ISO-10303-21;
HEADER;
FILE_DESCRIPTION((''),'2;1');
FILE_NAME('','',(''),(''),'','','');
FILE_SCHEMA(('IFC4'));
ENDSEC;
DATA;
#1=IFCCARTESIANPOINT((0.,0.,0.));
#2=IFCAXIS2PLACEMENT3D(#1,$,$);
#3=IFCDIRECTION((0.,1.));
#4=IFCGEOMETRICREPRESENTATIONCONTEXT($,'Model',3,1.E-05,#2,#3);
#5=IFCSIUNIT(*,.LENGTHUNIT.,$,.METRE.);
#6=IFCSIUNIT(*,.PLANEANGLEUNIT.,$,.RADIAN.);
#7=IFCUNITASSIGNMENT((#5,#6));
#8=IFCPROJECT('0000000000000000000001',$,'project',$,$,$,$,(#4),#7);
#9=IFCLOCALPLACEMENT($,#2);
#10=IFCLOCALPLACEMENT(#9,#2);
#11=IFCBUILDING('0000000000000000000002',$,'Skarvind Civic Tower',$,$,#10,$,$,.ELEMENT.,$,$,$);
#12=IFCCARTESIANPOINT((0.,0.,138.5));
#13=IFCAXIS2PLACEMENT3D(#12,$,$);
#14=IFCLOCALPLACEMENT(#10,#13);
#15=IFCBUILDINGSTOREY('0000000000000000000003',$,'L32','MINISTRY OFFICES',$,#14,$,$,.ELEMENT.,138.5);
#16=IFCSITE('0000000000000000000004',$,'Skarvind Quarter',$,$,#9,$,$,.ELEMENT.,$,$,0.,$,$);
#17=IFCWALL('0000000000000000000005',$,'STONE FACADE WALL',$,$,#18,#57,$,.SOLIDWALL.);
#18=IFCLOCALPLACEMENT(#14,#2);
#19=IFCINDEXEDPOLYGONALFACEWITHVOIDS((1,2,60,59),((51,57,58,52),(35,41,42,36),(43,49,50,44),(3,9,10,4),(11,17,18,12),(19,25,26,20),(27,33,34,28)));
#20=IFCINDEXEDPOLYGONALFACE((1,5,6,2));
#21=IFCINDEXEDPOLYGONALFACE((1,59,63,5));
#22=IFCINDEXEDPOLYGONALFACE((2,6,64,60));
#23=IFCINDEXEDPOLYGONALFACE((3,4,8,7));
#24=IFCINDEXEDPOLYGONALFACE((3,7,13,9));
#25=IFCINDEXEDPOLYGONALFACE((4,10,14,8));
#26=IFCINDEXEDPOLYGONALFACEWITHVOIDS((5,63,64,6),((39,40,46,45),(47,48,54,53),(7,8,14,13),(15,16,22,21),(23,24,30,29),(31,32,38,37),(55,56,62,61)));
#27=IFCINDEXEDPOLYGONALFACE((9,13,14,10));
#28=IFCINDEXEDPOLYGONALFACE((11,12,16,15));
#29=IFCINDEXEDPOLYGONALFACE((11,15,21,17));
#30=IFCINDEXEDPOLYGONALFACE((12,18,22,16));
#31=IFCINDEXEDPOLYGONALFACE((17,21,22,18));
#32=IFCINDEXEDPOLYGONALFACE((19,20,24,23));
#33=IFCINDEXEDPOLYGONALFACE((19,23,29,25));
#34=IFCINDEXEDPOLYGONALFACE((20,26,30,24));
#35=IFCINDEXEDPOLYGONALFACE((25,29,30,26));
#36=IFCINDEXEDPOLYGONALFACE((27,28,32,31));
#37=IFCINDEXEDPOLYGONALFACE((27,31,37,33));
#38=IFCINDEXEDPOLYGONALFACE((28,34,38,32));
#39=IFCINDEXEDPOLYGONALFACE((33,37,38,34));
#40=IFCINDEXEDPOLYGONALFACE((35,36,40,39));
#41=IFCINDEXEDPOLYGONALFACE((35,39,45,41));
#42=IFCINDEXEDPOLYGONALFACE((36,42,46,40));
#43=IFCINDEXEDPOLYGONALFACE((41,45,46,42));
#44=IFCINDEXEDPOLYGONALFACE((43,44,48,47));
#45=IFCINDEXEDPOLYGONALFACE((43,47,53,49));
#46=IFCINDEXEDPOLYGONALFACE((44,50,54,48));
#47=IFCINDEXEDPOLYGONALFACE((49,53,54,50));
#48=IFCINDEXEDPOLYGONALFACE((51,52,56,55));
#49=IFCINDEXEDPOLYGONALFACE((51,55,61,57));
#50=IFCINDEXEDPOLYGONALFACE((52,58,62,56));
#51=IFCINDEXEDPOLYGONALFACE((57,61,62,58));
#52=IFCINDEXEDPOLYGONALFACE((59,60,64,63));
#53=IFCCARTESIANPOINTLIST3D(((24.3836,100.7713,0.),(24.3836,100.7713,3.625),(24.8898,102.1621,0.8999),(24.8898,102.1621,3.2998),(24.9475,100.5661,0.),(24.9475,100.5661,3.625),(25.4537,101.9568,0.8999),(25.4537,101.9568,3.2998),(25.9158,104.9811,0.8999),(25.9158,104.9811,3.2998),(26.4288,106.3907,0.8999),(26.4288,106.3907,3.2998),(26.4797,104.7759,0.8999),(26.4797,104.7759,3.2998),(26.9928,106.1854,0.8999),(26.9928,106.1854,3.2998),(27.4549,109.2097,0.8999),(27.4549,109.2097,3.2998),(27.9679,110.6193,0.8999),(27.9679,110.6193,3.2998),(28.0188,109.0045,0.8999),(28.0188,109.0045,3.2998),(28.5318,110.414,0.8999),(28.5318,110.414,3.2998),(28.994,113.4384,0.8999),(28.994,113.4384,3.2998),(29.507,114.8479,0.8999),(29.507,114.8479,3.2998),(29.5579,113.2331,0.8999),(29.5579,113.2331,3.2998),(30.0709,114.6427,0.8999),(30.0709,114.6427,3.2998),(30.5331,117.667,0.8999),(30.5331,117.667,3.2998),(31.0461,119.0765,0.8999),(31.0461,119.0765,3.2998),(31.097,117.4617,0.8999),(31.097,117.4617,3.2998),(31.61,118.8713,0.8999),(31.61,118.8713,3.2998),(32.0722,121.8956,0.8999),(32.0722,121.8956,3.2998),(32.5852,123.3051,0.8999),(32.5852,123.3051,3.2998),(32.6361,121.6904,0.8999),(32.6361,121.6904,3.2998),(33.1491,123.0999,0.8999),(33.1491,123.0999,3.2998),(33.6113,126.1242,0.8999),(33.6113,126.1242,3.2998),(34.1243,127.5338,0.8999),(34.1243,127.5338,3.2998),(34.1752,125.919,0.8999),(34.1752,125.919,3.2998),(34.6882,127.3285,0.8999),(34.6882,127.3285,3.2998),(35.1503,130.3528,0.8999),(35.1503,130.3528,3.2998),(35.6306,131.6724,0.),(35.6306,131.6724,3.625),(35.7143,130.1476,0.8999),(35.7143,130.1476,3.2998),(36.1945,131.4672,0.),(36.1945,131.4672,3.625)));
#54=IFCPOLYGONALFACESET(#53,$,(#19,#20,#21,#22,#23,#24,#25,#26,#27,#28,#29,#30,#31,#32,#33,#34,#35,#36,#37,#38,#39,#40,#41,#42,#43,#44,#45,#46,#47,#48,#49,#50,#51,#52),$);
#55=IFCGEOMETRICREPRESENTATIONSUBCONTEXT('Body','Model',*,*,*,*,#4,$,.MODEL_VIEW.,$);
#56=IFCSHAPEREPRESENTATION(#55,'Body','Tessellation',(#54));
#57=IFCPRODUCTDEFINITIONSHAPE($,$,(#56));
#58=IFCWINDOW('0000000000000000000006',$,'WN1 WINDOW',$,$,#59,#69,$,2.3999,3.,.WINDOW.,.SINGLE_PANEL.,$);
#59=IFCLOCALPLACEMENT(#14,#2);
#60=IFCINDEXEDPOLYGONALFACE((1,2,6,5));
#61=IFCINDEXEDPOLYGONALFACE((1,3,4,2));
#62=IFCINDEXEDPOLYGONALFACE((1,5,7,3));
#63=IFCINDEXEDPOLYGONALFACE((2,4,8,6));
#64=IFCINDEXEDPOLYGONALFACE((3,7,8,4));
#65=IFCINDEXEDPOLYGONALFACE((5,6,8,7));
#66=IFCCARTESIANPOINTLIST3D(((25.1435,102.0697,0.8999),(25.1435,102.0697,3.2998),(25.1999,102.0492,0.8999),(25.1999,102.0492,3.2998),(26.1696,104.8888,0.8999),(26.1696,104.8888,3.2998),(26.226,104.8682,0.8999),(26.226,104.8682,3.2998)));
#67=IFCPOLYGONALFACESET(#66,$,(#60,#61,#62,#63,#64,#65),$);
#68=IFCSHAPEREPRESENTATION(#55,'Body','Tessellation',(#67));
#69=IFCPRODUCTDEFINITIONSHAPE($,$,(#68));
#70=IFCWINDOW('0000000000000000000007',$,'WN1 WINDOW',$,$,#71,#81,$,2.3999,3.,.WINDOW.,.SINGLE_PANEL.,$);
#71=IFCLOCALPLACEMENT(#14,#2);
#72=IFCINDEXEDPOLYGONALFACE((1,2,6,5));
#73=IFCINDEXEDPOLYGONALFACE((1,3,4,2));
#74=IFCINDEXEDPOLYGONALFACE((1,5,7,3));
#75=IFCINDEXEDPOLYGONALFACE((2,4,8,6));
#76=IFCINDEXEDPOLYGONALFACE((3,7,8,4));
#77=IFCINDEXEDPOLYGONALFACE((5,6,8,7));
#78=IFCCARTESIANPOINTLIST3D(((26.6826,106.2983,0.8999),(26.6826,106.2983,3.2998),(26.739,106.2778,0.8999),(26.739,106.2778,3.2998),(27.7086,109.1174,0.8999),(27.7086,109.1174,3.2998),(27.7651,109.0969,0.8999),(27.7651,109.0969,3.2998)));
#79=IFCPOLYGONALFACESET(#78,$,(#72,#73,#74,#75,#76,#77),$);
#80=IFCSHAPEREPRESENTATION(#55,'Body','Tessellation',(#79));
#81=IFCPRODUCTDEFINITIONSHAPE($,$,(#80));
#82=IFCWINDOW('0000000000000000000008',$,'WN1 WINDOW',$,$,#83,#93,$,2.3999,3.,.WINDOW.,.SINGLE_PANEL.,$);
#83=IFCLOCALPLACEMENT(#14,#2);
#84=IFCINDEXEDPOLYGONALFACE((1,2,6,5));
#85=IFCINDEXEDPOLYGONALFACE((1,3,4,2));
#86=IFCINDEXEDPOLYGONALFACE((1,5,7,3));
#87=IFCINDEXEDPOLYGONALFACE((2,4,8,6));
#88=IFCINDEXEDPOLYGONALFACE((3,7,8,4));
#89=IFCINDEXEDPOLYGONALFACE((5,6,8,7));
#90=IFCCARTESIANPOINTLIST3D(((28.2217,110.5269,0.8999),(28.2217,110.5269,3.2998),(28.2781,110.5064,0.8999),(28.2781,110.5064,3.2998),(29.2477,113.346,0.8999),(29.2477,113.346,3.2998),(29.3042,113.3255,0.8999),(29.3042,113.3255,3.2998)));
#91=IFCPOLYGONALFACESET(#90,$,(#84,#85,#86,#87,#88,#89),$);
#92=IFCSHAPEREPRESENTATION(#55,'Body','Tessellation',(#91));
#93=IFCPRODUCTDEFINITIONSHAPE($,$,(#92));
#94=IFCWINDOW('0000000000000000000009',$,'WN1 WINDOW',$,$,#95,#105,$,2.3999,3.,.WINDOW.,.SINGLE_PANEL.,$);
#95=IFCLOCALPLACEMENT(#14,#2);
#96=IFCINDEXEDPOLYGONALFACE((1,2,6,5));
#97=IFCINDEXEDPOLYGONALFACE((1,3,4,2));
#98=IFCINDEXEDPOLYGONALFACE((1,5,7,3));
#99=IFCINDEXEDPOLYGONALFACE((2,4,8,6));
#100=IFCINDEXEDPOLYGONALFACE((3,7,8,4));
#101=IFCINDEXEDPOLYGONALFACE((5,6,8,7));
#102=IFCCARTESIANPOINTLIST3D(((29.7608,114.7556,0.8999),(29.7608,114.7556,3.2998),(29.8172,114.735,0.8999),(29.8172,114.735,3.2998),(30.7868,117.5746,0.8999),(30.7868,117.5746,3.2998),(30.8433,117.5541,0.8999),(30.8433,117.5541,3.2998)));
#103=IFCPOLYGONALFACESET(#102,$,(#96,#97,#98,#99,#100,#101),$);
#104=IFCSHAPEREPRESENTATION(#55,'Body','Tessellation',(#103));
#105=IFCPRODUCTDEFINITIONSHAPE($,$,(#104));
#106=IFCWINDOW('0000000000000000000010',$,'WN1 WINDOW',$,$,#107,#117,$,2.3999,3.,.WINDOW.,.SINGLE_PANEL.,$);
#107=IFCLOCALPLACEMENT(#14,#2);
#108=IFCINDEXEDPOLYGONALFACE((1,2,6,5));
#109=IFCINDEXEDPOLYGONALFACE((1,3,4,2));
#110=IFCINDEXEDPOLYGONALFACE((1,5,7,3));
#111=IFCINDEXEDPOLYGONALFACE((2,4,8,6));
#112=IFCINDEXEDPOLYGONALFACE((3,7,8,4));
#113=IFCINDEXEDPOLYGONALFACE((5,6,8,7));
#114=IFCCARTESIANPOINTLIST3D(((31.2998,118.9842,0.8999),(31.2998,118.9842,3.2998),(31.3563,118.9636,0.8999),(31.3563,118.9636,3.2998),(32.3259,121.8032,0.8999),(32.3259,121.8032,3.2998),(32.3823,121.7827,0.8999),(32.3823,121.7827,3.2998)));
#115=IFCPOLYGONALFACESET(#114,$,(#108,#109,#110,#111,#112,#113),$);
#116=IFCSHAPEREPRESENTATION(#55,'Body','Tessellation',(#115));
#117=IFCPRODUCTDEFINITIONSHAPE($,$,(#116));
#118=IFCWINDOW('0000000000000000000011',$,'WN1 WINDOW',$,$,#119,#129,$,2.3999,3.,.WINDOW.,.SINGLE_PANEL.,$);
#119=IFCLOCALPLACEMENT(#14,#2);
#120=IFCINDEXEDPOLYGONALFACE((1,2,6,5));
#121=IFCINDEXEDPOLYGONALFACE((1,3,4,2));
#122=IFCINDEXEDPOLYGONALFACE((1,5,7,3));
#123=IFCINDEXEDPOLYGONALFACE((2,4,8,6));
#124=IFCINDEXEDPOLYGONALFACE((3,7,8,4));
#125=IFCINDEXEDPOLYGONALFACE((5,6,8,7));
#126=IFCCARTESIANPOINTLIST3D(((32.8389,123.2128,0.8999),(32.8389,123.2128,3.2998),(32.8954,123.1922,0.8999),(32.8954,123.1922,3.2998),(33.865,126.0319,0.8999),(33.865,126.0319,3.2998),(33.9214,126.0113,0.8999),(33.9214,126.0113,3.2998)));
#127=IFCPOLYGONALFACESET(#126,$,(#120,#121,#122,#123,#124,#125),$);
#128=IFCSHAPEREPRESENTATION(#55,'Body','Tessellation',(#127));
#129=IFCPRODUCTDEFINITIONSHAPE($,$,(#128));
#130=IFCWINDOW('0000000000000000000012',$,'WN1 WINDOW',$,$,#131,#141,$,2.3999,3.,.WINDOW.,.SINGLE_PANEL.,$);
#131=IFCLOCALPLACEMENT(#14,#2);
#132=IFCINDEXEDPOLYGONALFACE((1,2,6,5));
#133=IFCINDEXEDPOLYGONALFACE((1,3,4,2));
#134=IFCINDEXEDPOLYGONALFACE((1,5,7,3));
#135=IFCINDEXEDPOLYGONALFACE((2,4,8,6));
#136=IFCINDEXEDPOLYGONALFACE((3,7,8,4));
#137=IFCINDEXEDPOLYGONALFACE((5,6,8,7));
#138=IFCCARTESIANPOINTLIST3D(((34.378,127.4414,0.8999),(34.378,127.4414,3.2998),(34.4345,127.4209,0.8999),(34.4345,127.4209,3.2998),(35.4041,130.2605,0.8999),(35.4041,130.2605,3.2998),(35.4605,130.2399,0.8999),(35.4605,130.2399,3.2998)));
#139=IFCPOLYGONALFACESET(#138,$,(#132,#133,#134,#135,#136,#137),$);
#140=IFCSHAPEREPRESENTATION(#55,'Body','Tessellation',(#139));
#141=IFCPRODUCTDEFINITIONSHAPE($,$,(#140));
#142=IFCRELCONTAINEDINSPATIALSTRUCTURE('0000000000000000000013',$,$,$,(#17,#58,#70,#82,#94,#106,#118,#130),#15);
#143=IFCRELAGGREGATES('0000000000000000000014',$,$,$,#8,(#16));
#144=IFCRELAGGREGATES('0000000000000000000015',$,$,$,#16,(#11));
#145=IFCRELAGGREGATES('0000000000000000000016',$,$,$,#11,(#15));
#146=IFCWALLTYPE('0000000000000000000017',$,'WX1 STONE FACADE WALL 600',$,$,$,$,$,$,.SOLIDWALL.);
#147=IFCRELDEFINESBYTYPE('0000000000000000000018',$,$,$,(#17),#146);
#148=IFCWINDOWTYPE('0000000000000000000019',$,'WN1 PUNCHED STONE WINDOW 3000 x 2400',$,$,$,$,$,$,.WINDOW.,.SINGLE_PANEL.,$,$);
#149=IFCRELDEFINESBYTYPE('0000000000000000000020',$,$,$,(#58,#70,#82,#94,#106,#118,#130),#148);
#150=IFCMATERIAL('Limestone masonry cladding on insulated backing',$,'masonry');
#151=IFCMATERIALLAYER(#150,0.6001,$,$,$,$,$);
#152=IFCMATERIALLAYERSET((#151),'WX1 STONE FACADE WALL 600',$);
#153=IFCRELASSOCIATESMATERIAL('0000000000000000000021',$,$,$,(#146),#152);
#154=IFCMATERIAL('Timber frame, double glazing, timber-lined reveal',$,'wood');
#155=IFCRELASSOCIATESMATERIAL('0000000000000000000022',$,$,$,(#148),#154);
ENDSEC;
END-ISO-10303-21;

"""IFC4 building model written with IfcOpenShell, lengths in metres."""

from ifc_helpers import new_model, si_unit, direction, frame, frame_2d, origin, place, context, subcontext, project, spatial, rectangle, extrude, material, layer, layer_set, type_object, element, fill, save


model = new_model("IFC4")

# Units and contexts
model_context = context("Model", 3, precision=1e-05, world=origin(), true_north=direction((0.0, 1.0)))
body_context = subcontext(model_context, "Body", "Model", "MODEL_VIEW")
ifc_project = project(units=[si_unit("LENGTHUNIT", "METRE"), si_unit("PLANEANGLEUNIT", "RADIAN")], contexts=[model_context])

# Site, building, storey
site_placement = place(None, origin())
site = spatial("IfcSite", under=ifc_project, at=site_placement, Name="Skarvind Quarter", CompositionType="ELEMENT", RefElevation=0.0)
building_placement = place(site_placement, origin())
building = spatial("IfcBuilding", under=site, at=building_placement, Name="Skarvind Civic Tower", CompositionType="ELEMENT")
storey_placement = place(building_placement, frame((0.0, 0.0, 138.5)))
storey = spatial("IfcBuildingStorey", under=building, at=storey_placement, Name="L32", Description="MINISTRY OFFICES", CompositionType="ELEMENT", Elevation=138.5)

# Wall, openings, windows
ifc_material_1 = material(Name="Limestone masonry cladding on insulated backing", Category="masonry")
ifc_layer_1 = layer(ifc_material_1, 0.6001)
ifc_layer_set_1 = layer_set([ifc_layer_1], Name="WX1 STONE FACADE WALL 600")
wall_type_1 = type_object("IfcWallType", Name="WX1 STONE FACADE WALL 600", PredefinedType="SOLIDWALL", material=ifc_layer_set_1)
wall_1_placement = place(storey_placement, frame((24.6655, 100.6687, 0.0), z_axis=(0.0, 0.0, 1.0), x_axis=(0.34202, 0.939693, 0.0)))
wall_1 = element("IfcWall", 1, at=wall_1_placement, inside=storey, type_object=wall_type_1, Name="STONE FACADE WALL", PredefinedType="SOLIDWALL", context=body_context, shape_type="SweptSolid", body=[
    extrude(rectangle(XDim=32.8843, YDim=0.6001, at=frame_2d((16.4421, 0.0))), origin(), (0.0, 0.0, 1.0), 3.625),
])
opening_1_placement = place(wall_1_placement, frame((1.48, 0.0, 0.8999)))
opening_1 = element("IfcOpeningElement", 2, at=opening_1_placement, cuts=wall_1, PredefinedType="OPENING", context=body_context, shape_type="SweptSolid", body=[
    extrude(rectangle(XDim=3.0, YDim=2.3999, at=frame_2d((1.5, 1.2))), frame((0.0, 0.3101, 0.0), z_axis=(0.0, -1.0, 0.0), x_axis=(1.0, 0.0, 0.0)), (0.0, 0.0, 1.0), 0.6201),
])
opening_2_placement = place(wall_1_placement, frame((5.98, 0.0, 0.8999)))
opening_2 = element("IfcOpeningElement", 3, at=opening_2_placement, cuts=wall_1, PredefinedType="OPENING", context=body_context, shape_type="SweptSolid", body=[
    extrude(rectangle(XDim=3.0, YDim=2.3999, at=frame_2d((1.5, 1.2))), frame((0.0, 0.3101, 0.0), z_axis=(0.0, -1.0, 0.0), x_axis=(1.0, 0.0, 0.0)), (0.0, 0.0, 1.0), 0.6201),
])
opening_3_placement = place(wall_1_placement, frame((10.48, 0.0, 0.8999)))
opening_3 = element("IfcOpeningElement", 4, at=opening_3_placement, cuts=wall_1, PredefinedType="OPENING", context=body_context, shape_type="SweptSolid", body=[
    extrude(rectangle(XDim=3.0, YDim=2.3999, at=frame_2d((1.5, 1.2))), frame((0.0, 0.3101, 0.0), z_axis=(0.0, -1.0, 0.0), x_axis=(1.0, 0.0, 0.0)), (0.0, 0.0, 1.0), 0.6201),
])
opening_4_placement = place(wall_1_placement, frame((14.98, 0.0, 0.8999)))
opening_4 = element("IfcOpeningElement", 5, at=opening_4_placement, cuts=wall_1, PredefinedType="OPENING", context=body_context, shape_type="SweptSolid", body=[
    extrude(rectangle(XDim=3.0, YDim=2.3999, at=frame_2d((1.5, 1.2))), frame((0.0, 0.3101, 0.0), z_axis=(0.0, -1.0, 0.0), x_axis=(1.0, 0.0, 0.0)), (0.0, 0.0, 1.0), 0.6201),
])
opening_5_placement = place(wall_1_placement, frame((19.48, 0.0, 0.8999)))
opening_5 = element("IfcOpeningElement", 6, at=opening_5_placement, cuts=wall_1, PredefinedType="OPENING", context=body_context, shape_type="SweptSolid", body=[
    extrude(rectangle(XDim=3.0, YDim=2.3999, at=frame_2d((1.5, 1.2))), frame((0.0, 0.3101, 0.0), z_axis=(0.0, -1.0, 0.0), x_axis=(1.0, 0.0, 0.0)), (0.0, 0.0, 1.0), 0.6201),
])
opening_6_placement = place(wall_1_placement, frame((23.98, 0.0, 0.8999)))
opening_6 = element("IfcOpeningElement", 7, at=opening_6_placement, cuts=wall_1, PredefinedType="OPENING", context=body_context, shape_type="SweptSolid", body=[
    extrude(rectangle(XDim=3.0, YDim=2.3999, at=frame_2d((1.5, 1.2))), frame((0.0, 0.3101, 0.0), z_axis=(0.0, -1.0, 0.0), x_axis=(1.0, 0.0, 0.0)), (0.0, 0.0, 1.0), 0.6201),
])
opening_7_placement = place(wall_1_placement, frame((28.48, 0.0, 0.8999)))
opening_7 = element("IfcOpeningElement", 8, at=opening_7_placement, cuts=wall_1, PredefinedType="OPENING", context=body_context, shape_type="SweptSolid", body=[
    extrude(rectangle(XDim=3.0, YDim=2.3999, at=frame_2d((1.5, 1.2))), frame((0.0, 0.3101, 0.0), z_axis=(0.0, -1.0, 0.0), x_axis=(1.0, 0.0, 0.0)), (0.0, 0.0, 1.0), 0.6201),
])
ifc_material_2 = material(Name="Timber frame, double glazing, timber-lined reveal", Category="wood")
window_type = type_object("IfcWindowType", Name="WN1 PUNCHED STONE WINDOW 3000 x 2400", PartitioningType="SINGLE_PANEL", PredefinedType="WINDOW", material=ifc_material_2)
window_1_placement = place(opening_1_placement, origin())
window_1 = element("IfcWindow", 9, at=window_1_placement, inside=storey, type_object=window_type, Name="WN1 WINDOW", OverallHeight=2.3999, OverallWidth=3.0, PartitioningType="SINGLE_PANEL", PredefinedType="WINDOW", context=body_context, shape_type="SweptSolid", body=[
    extrude(rectangle(XDim=3.0, YDim=2.3999, at=frame_2d((1.5, 1.2))), frame((0.0, 0.03, 0.0), z_axis=(0.0, -1.0, 0.0), x_axis=(1.0, 0.0, 0.0)), (0.0, 0.0, 1.0), 0.0601),
])
fill(opening_1, window_1)
window_2_placement = place(opening_2_placement, origin())
window_2 = element("IfcWindow", 10, at=window_2_placement, inside=storey, type_object=window_type, Name="WN1 WINDOW", OverallHeight=2.3999, OverallWidth=3.0, PartitioningType="SINGLE_PANEL", PredefinedType="WINDOW", context=body_context, shape_type="SweptSolid", body=[
    extrude(rectangle(XDim=3.0, YDim=2.3999, at=frame_2d((1.5, 1.2))), frame((0.0, 0.03, 0.0), z_axis=(0.0, -1.0, 0.0), x_axis=(1.0, 0.0, 0.0)), (0.0, 0.0, 1.0), 0.0601),
])
fill(opening_2, window_2)
window_3_placement = place(opening_3_placement, origin())
window_3 = element("IfcWindow", 11, at=window_3_placement, inside=storey, type_object=window_type, Name="WN1 WINDOW", OverallHeight=2.3999, OverallWidth=3.0, PartitioningType="SINGLE_PANEL", PredefinedType="WINDOW", context=body_context, shape_type="SweptSolid", body=[
    extrude(rectangle(XDim=3.0, YDim=2.3999, at=frame_2d((1.5, 1.2))), frame((0.0, 0.03, 0.0), z_axis=(0.0, -1.0, 0.0), x_axis=(1.0, 0.0, 0.0)), (0.0, 0.0, 1.0), 0.0601),
])
fill(opening_3, window_3)
window_4_placement = place(opening_4_placement, origin())
window_4 = element("IfcWindow", 12, at=window_4_placement, inside=storey, type_object=window_type, Name="WN1 WINDOW", OverallHeight=2.3999, OverallWidth=3.0, PartitioningType="SINGLE_PANEL", PredefinedType="WINDOW", context=body_context, shape_type="SweptSolid", body=[
    extrude(rectangle(XDim=3.0, YDim=2.3999, at=frame_2d((1.5, 1.2))), frame((0.0, 0.03, 0.0), z_axis=(0.0, -1.0, 0.0), x_axis=(1.0, 0.0, 0.0)), (0.0, 0.0, 1.0), 0.0601),
])
fill(opening_4, window_4)
window_5_placement = place(opening_5_placement, origin())
window_5 = element("IfcWindow", 13, at=window_5_placement, inside=storey, type_object=window_type, Name="WN1 WINDOW", OverallHeight=2.3999, OverallWidth=3.0, PartitioningType="SINGLE_PANEL", PredefinedType="WINDOW", context=body_context, shape_type="SweptSolid", body=[
    extrude(rectangle(XDim=3.0, YDim=2.3999, at=frame_2d((1.5, 1.2))), frame((0.0, 0.03, 0.0), z_axis=(0.0, -1.0, 0.0), x_axis=(1.0, 0.0, 0.0)), (0.0, 0.0, 1.0), 0.0601),
])
fill(opening_5, window_5)
window_6_placement = place(opening_6_placement, origin())
window_6 = element("IfcWindow", 14, at=window_6_placement, inside=storey, type_object=window_type, Name="WN1 WINDOW", OverallHeight=2.3999, OverallWidth=3.0, PartitioningType="SINGLE_PANEL", PredefinedType="WINDOW", context=body_context, shape_type="SweptSolid", body=[
    extrude(rectangle(XDim=3.0, YDim=2.3999, at=frame_2d((1.5, 1.2))), frame((0.0, 0.03, 0.0), z_axis=(0.0, -1.0, 0.0), x_axis=(1.0, 0.0, 0.0)), (0.0, 0.0, 1.0), 0.0601),
])
fill(opening_6, window_6)
window_7_placement = place(opening_7_placement, origin())
window_7 = element("IfcWindow", 15, at=window_7_placement, inside=storey, type_object=window_type, Name="WN1 WINDOW", OverallHeight=2.3999, OverallWidth=3.0, PartitioningType="SINGLE_PANEL", PredefinedType="WINDOW", context=body_context, shape_type="SweptSolid", body=[
    extrude(rectangle(XDim=3.0, YDim=2.3999, at=frame_2d((1.5, 1.2))), frame((0.0, 0.03, 0.0), z_axis=(0.0, -1.0, 0.0), x_axis=(1.0, 0.0, 0.0)), (0.0, 0.0, 1.0), 0.0601),
])
fill(opening_7, window_7)

save(model, "model.ifc")
